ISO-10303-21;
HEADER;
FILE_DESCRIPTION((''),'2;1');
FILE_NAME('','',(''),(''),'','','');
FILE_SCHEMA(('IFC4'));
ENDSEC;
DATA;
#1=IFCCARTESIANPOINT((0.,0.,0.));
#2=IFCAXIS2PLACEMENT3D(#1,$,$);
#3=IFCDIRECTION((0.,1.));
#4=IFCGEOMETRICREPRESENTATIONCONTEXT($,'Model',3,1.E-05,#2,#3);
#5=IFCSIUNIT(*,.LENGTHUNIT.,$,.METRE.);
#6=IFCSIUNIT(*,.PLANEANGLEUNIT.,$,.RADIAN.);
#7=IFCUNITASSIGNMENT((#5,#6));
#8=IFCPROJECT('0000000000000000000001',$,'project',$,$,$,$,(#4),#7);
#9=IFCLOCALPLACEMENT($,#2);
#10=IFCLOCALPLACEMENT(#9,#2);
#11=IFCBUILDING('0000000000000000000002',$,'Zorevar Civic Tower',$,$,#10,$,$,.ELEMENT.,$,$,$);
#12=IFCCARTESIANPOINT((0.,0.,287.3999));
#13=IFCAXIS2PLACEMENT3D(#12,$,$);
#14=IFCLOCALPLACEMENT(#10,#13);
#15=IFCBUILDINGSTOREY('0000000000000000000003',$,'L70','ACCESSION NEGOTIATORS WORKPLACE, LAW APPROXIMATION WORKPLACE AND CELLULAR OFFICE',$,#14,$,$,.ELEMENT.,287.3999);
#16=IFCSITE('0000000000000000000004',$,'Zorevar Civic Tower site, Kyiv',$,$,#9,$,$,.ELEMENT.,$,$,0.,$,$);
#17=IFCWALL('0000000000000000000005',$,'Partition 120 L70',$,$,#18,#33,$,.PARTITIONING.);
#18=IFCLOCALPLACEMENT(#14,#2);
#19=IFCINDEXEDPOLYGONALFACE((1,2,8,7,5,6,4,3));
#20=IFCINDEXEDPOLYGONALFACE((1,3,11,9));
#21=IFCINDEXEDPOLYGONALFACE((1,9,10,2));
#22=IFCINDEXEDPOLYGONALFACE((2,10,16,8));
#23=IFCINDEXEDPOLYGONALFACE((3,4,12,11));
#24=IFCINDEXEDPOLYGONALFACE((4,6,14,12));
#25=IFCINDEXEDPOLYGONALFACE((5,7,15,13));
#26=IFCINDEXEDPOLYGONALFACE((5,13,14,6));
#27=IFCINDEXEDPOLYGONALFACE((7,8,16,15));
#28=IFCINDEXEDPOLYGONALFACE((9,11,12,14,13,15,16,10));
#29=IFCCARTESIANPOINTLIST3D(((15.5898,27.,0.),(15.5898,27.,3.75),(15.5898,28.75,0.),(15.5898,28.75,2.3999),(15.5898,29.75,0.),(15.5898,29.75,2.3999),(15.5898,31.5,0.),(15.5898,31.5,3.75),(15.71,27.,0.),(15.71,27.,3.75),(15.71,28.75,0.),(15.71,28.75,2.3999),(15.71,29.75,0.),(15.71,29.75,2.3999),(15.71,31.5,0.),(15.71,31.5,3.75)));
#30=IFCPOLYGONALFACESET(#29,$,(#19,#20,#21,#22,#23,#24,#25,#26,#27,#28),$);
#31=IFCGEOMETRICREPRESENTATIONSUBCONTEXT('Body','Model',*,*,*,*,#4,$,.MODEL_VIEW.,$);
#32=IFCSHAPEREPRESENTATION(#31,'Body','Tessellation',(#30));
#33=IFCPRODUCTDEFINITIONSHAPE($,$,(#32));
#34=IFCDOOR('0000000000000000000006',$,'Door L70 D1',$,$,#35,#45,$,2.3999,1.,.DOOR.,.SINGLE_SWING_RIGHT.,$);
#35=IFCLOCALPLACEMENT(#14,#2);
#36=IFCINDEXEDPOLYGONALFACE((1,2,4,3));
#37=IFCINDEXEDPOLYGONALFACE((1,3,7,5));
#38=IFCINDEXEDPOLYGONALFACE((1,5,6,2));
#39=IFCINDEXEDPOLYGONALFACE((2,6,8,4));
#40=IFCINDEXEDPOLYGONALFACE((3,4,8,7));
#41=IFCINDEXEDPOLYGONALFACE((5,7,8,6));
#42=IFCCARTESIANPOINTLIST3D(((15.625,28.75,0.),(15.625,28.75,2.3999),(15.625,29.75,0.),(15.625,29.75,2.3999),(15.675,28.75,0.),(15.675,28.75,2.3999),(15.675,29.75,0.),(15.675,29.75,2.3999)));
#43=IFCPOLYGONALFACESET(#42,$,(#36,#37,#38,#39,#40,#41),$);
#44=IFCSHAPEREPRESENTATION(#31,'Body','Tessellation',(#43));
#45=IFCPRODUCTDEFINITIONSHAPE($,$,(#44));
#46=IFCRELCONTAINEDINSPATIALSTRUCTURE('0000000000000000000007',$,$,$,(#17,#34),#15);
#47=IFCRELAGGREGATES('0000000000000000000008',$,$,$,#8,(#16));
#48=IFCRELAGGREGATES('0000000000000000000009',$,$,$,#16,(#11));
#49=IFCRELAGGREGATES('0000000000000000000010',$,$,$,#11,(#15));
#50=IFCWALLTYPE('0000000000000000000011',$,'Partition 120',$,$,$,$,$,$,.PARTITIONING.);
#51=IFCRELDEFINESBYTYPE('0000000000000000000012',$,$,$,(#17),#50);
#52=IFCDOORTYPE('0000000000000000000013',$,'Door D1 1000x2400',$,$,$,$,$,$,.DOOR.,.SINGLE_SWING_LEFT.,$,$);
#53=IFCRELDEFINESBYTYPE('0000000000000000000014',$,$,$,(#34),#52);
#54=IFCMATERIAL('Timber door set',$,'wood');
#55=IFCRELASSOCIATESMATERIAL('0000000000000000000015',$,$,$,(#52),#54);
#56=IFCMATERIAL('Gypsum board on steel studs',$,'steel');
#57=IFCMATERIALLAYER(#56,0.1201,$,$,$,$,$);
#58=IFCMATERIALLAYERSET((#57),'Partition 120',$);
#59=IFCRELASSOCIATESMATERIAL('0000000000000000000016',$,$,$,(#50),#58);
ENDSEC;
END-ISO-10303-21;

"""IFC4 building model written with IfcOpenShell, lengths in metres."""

from ifc_helpers import new_model, si_unit, direction, frame, frame_2d, origin, place, context, subcontext, project, spatial, rectangle, extrude, material, layer, layer_set, type_object, element, fill, save


model = new_model("IFC4")

# Units and contexts
model_context = context("Model", 3, precision=1e-05, world=origin(), true_north=direction((0.0, 1.0)))
body_context = subcontext(model_context, "Body", "Model", "MODEL_VIEW")
ifc_project = project(units=[si_unit("LENGTHUNIT", "METRE"), si_unit("PLANEANGLEUNIT", "RADIAN")], contexts=[model_context])

# Site, building, storey
site_placement = place(None, origin())
site = spatial("IfcSite", under=ifc_project, at=site_placement, Name="Zorevar Civic Tower site, Kyiv", CompositionType="ELEMENT", RefElevation=0.0)
building_placement = place(site_placement, origin())
building = spatial("IfcBuilding", under=site, at=building_placement, Name="Zorevar Civic Tower", CompositionType="ELEMENT")
storey_placement = place(building_placement, frame((0.0, 0.0, 287.3999)))
storey = spatial("IfcBuildingStorey", under=building, at=storey_placement, Name="L70", Description="ACCESSION NEGOTIATORS WORKPLACE, LAW APPROXIMATION WORKPLACE AND CELLULAR OFFICE", CompositionType="ELEMENT", Elevation=287.3999)

# Shared definitions
ifc_material_1 = material(Name="Timber door set", Category="wood")
door_type_1 = type_object("IfcDoorType", Name="Door D1 1000x2400", OperationType="SINGLE_SWING_LEFT", PredefinedType="DOOR", material=ifc_material_1)

# Shared definitions
ifc_material_2 = material(Name="Gypsum board on steel studs", Category="steel")
ifc_layer_1 = layer(ifc_material_2, 0.1201)
ifc_layer_set_1 = layer_set([ifc_layer_1], Name="Partition 120")
wall_type_1 = type_object("IfcWallType", Name="Partition 120", PredefinedType="PARTITIONING", material=ifc_layer_set_1)

# Wall, opening, door
wall_1_placement = place(storey_placement, frame((15.6499, 27.0, 0.0), z_axis=(0.0, 0.0, 1.0), x_axis=(0.0, 1.0, 0.0)))
wall_1 = element("IfcWall", 1, at=wall_1_placement, inside=storey, type_object=wall_type_1, Name="Partition 120 L70", PredefinedType="PARTITIONING", context=body_context, shape_type="SweptSolid", body=[
    extrude(rectangle(XDim=4.5, YDim=0.1201, at=frame_2d((2.25, 0.0))), origin(), (0.0, 0.0, 1.0), 3.75),
])
opening_1_placement = place(wall_1_placement, frame((1.75, 0.0, 0.0)))
opening_1 = element("IfcOpeningElement", 2, at=opening_1_placement, cuts=wall_1, PredefinedType="OPENING", context=body_context, shape_type="SweptSolid", body=[
    extrude(rectangle(XDim=1.0, YDim=2.3999, at=frame_2d((0.5, 1.2))), frame((0.0, 0.0701, 0.0), z_axis=(0.0, -1.0, 0.0), x_axis=(1.0, 0.0, 0.0)), (0.0, 0.0, 1.0), 0.1401),
])
door_1_placement = place(opening_1_placement, origin())
door_1 = element("IfcDoor", 3, at=door_1_placement, inside=storey, type_object=door_type_1, Name="Door L70 D1", OperationType="SINGLE_SWING_RIGHT", OverallHeight=2.3999, OverallWidth=1.0, PredefinedType="DOOR", context=body_context, shape_type="SweptSolid", body=[
    extrude(rectangle(XDim=1.0, YDim=2.3999, at=frame_2d((0.5, 1.2))), frame((0.0, 0.0249, 0.0), z_axis=(0.0, -1.0, 0.0), x_axis=(1.0, 0.0, 0.0)), (0.0, 0.0, 1.0), 0.05),
])
fill(opening_1, door_1)

save(model, "model.ifc")
